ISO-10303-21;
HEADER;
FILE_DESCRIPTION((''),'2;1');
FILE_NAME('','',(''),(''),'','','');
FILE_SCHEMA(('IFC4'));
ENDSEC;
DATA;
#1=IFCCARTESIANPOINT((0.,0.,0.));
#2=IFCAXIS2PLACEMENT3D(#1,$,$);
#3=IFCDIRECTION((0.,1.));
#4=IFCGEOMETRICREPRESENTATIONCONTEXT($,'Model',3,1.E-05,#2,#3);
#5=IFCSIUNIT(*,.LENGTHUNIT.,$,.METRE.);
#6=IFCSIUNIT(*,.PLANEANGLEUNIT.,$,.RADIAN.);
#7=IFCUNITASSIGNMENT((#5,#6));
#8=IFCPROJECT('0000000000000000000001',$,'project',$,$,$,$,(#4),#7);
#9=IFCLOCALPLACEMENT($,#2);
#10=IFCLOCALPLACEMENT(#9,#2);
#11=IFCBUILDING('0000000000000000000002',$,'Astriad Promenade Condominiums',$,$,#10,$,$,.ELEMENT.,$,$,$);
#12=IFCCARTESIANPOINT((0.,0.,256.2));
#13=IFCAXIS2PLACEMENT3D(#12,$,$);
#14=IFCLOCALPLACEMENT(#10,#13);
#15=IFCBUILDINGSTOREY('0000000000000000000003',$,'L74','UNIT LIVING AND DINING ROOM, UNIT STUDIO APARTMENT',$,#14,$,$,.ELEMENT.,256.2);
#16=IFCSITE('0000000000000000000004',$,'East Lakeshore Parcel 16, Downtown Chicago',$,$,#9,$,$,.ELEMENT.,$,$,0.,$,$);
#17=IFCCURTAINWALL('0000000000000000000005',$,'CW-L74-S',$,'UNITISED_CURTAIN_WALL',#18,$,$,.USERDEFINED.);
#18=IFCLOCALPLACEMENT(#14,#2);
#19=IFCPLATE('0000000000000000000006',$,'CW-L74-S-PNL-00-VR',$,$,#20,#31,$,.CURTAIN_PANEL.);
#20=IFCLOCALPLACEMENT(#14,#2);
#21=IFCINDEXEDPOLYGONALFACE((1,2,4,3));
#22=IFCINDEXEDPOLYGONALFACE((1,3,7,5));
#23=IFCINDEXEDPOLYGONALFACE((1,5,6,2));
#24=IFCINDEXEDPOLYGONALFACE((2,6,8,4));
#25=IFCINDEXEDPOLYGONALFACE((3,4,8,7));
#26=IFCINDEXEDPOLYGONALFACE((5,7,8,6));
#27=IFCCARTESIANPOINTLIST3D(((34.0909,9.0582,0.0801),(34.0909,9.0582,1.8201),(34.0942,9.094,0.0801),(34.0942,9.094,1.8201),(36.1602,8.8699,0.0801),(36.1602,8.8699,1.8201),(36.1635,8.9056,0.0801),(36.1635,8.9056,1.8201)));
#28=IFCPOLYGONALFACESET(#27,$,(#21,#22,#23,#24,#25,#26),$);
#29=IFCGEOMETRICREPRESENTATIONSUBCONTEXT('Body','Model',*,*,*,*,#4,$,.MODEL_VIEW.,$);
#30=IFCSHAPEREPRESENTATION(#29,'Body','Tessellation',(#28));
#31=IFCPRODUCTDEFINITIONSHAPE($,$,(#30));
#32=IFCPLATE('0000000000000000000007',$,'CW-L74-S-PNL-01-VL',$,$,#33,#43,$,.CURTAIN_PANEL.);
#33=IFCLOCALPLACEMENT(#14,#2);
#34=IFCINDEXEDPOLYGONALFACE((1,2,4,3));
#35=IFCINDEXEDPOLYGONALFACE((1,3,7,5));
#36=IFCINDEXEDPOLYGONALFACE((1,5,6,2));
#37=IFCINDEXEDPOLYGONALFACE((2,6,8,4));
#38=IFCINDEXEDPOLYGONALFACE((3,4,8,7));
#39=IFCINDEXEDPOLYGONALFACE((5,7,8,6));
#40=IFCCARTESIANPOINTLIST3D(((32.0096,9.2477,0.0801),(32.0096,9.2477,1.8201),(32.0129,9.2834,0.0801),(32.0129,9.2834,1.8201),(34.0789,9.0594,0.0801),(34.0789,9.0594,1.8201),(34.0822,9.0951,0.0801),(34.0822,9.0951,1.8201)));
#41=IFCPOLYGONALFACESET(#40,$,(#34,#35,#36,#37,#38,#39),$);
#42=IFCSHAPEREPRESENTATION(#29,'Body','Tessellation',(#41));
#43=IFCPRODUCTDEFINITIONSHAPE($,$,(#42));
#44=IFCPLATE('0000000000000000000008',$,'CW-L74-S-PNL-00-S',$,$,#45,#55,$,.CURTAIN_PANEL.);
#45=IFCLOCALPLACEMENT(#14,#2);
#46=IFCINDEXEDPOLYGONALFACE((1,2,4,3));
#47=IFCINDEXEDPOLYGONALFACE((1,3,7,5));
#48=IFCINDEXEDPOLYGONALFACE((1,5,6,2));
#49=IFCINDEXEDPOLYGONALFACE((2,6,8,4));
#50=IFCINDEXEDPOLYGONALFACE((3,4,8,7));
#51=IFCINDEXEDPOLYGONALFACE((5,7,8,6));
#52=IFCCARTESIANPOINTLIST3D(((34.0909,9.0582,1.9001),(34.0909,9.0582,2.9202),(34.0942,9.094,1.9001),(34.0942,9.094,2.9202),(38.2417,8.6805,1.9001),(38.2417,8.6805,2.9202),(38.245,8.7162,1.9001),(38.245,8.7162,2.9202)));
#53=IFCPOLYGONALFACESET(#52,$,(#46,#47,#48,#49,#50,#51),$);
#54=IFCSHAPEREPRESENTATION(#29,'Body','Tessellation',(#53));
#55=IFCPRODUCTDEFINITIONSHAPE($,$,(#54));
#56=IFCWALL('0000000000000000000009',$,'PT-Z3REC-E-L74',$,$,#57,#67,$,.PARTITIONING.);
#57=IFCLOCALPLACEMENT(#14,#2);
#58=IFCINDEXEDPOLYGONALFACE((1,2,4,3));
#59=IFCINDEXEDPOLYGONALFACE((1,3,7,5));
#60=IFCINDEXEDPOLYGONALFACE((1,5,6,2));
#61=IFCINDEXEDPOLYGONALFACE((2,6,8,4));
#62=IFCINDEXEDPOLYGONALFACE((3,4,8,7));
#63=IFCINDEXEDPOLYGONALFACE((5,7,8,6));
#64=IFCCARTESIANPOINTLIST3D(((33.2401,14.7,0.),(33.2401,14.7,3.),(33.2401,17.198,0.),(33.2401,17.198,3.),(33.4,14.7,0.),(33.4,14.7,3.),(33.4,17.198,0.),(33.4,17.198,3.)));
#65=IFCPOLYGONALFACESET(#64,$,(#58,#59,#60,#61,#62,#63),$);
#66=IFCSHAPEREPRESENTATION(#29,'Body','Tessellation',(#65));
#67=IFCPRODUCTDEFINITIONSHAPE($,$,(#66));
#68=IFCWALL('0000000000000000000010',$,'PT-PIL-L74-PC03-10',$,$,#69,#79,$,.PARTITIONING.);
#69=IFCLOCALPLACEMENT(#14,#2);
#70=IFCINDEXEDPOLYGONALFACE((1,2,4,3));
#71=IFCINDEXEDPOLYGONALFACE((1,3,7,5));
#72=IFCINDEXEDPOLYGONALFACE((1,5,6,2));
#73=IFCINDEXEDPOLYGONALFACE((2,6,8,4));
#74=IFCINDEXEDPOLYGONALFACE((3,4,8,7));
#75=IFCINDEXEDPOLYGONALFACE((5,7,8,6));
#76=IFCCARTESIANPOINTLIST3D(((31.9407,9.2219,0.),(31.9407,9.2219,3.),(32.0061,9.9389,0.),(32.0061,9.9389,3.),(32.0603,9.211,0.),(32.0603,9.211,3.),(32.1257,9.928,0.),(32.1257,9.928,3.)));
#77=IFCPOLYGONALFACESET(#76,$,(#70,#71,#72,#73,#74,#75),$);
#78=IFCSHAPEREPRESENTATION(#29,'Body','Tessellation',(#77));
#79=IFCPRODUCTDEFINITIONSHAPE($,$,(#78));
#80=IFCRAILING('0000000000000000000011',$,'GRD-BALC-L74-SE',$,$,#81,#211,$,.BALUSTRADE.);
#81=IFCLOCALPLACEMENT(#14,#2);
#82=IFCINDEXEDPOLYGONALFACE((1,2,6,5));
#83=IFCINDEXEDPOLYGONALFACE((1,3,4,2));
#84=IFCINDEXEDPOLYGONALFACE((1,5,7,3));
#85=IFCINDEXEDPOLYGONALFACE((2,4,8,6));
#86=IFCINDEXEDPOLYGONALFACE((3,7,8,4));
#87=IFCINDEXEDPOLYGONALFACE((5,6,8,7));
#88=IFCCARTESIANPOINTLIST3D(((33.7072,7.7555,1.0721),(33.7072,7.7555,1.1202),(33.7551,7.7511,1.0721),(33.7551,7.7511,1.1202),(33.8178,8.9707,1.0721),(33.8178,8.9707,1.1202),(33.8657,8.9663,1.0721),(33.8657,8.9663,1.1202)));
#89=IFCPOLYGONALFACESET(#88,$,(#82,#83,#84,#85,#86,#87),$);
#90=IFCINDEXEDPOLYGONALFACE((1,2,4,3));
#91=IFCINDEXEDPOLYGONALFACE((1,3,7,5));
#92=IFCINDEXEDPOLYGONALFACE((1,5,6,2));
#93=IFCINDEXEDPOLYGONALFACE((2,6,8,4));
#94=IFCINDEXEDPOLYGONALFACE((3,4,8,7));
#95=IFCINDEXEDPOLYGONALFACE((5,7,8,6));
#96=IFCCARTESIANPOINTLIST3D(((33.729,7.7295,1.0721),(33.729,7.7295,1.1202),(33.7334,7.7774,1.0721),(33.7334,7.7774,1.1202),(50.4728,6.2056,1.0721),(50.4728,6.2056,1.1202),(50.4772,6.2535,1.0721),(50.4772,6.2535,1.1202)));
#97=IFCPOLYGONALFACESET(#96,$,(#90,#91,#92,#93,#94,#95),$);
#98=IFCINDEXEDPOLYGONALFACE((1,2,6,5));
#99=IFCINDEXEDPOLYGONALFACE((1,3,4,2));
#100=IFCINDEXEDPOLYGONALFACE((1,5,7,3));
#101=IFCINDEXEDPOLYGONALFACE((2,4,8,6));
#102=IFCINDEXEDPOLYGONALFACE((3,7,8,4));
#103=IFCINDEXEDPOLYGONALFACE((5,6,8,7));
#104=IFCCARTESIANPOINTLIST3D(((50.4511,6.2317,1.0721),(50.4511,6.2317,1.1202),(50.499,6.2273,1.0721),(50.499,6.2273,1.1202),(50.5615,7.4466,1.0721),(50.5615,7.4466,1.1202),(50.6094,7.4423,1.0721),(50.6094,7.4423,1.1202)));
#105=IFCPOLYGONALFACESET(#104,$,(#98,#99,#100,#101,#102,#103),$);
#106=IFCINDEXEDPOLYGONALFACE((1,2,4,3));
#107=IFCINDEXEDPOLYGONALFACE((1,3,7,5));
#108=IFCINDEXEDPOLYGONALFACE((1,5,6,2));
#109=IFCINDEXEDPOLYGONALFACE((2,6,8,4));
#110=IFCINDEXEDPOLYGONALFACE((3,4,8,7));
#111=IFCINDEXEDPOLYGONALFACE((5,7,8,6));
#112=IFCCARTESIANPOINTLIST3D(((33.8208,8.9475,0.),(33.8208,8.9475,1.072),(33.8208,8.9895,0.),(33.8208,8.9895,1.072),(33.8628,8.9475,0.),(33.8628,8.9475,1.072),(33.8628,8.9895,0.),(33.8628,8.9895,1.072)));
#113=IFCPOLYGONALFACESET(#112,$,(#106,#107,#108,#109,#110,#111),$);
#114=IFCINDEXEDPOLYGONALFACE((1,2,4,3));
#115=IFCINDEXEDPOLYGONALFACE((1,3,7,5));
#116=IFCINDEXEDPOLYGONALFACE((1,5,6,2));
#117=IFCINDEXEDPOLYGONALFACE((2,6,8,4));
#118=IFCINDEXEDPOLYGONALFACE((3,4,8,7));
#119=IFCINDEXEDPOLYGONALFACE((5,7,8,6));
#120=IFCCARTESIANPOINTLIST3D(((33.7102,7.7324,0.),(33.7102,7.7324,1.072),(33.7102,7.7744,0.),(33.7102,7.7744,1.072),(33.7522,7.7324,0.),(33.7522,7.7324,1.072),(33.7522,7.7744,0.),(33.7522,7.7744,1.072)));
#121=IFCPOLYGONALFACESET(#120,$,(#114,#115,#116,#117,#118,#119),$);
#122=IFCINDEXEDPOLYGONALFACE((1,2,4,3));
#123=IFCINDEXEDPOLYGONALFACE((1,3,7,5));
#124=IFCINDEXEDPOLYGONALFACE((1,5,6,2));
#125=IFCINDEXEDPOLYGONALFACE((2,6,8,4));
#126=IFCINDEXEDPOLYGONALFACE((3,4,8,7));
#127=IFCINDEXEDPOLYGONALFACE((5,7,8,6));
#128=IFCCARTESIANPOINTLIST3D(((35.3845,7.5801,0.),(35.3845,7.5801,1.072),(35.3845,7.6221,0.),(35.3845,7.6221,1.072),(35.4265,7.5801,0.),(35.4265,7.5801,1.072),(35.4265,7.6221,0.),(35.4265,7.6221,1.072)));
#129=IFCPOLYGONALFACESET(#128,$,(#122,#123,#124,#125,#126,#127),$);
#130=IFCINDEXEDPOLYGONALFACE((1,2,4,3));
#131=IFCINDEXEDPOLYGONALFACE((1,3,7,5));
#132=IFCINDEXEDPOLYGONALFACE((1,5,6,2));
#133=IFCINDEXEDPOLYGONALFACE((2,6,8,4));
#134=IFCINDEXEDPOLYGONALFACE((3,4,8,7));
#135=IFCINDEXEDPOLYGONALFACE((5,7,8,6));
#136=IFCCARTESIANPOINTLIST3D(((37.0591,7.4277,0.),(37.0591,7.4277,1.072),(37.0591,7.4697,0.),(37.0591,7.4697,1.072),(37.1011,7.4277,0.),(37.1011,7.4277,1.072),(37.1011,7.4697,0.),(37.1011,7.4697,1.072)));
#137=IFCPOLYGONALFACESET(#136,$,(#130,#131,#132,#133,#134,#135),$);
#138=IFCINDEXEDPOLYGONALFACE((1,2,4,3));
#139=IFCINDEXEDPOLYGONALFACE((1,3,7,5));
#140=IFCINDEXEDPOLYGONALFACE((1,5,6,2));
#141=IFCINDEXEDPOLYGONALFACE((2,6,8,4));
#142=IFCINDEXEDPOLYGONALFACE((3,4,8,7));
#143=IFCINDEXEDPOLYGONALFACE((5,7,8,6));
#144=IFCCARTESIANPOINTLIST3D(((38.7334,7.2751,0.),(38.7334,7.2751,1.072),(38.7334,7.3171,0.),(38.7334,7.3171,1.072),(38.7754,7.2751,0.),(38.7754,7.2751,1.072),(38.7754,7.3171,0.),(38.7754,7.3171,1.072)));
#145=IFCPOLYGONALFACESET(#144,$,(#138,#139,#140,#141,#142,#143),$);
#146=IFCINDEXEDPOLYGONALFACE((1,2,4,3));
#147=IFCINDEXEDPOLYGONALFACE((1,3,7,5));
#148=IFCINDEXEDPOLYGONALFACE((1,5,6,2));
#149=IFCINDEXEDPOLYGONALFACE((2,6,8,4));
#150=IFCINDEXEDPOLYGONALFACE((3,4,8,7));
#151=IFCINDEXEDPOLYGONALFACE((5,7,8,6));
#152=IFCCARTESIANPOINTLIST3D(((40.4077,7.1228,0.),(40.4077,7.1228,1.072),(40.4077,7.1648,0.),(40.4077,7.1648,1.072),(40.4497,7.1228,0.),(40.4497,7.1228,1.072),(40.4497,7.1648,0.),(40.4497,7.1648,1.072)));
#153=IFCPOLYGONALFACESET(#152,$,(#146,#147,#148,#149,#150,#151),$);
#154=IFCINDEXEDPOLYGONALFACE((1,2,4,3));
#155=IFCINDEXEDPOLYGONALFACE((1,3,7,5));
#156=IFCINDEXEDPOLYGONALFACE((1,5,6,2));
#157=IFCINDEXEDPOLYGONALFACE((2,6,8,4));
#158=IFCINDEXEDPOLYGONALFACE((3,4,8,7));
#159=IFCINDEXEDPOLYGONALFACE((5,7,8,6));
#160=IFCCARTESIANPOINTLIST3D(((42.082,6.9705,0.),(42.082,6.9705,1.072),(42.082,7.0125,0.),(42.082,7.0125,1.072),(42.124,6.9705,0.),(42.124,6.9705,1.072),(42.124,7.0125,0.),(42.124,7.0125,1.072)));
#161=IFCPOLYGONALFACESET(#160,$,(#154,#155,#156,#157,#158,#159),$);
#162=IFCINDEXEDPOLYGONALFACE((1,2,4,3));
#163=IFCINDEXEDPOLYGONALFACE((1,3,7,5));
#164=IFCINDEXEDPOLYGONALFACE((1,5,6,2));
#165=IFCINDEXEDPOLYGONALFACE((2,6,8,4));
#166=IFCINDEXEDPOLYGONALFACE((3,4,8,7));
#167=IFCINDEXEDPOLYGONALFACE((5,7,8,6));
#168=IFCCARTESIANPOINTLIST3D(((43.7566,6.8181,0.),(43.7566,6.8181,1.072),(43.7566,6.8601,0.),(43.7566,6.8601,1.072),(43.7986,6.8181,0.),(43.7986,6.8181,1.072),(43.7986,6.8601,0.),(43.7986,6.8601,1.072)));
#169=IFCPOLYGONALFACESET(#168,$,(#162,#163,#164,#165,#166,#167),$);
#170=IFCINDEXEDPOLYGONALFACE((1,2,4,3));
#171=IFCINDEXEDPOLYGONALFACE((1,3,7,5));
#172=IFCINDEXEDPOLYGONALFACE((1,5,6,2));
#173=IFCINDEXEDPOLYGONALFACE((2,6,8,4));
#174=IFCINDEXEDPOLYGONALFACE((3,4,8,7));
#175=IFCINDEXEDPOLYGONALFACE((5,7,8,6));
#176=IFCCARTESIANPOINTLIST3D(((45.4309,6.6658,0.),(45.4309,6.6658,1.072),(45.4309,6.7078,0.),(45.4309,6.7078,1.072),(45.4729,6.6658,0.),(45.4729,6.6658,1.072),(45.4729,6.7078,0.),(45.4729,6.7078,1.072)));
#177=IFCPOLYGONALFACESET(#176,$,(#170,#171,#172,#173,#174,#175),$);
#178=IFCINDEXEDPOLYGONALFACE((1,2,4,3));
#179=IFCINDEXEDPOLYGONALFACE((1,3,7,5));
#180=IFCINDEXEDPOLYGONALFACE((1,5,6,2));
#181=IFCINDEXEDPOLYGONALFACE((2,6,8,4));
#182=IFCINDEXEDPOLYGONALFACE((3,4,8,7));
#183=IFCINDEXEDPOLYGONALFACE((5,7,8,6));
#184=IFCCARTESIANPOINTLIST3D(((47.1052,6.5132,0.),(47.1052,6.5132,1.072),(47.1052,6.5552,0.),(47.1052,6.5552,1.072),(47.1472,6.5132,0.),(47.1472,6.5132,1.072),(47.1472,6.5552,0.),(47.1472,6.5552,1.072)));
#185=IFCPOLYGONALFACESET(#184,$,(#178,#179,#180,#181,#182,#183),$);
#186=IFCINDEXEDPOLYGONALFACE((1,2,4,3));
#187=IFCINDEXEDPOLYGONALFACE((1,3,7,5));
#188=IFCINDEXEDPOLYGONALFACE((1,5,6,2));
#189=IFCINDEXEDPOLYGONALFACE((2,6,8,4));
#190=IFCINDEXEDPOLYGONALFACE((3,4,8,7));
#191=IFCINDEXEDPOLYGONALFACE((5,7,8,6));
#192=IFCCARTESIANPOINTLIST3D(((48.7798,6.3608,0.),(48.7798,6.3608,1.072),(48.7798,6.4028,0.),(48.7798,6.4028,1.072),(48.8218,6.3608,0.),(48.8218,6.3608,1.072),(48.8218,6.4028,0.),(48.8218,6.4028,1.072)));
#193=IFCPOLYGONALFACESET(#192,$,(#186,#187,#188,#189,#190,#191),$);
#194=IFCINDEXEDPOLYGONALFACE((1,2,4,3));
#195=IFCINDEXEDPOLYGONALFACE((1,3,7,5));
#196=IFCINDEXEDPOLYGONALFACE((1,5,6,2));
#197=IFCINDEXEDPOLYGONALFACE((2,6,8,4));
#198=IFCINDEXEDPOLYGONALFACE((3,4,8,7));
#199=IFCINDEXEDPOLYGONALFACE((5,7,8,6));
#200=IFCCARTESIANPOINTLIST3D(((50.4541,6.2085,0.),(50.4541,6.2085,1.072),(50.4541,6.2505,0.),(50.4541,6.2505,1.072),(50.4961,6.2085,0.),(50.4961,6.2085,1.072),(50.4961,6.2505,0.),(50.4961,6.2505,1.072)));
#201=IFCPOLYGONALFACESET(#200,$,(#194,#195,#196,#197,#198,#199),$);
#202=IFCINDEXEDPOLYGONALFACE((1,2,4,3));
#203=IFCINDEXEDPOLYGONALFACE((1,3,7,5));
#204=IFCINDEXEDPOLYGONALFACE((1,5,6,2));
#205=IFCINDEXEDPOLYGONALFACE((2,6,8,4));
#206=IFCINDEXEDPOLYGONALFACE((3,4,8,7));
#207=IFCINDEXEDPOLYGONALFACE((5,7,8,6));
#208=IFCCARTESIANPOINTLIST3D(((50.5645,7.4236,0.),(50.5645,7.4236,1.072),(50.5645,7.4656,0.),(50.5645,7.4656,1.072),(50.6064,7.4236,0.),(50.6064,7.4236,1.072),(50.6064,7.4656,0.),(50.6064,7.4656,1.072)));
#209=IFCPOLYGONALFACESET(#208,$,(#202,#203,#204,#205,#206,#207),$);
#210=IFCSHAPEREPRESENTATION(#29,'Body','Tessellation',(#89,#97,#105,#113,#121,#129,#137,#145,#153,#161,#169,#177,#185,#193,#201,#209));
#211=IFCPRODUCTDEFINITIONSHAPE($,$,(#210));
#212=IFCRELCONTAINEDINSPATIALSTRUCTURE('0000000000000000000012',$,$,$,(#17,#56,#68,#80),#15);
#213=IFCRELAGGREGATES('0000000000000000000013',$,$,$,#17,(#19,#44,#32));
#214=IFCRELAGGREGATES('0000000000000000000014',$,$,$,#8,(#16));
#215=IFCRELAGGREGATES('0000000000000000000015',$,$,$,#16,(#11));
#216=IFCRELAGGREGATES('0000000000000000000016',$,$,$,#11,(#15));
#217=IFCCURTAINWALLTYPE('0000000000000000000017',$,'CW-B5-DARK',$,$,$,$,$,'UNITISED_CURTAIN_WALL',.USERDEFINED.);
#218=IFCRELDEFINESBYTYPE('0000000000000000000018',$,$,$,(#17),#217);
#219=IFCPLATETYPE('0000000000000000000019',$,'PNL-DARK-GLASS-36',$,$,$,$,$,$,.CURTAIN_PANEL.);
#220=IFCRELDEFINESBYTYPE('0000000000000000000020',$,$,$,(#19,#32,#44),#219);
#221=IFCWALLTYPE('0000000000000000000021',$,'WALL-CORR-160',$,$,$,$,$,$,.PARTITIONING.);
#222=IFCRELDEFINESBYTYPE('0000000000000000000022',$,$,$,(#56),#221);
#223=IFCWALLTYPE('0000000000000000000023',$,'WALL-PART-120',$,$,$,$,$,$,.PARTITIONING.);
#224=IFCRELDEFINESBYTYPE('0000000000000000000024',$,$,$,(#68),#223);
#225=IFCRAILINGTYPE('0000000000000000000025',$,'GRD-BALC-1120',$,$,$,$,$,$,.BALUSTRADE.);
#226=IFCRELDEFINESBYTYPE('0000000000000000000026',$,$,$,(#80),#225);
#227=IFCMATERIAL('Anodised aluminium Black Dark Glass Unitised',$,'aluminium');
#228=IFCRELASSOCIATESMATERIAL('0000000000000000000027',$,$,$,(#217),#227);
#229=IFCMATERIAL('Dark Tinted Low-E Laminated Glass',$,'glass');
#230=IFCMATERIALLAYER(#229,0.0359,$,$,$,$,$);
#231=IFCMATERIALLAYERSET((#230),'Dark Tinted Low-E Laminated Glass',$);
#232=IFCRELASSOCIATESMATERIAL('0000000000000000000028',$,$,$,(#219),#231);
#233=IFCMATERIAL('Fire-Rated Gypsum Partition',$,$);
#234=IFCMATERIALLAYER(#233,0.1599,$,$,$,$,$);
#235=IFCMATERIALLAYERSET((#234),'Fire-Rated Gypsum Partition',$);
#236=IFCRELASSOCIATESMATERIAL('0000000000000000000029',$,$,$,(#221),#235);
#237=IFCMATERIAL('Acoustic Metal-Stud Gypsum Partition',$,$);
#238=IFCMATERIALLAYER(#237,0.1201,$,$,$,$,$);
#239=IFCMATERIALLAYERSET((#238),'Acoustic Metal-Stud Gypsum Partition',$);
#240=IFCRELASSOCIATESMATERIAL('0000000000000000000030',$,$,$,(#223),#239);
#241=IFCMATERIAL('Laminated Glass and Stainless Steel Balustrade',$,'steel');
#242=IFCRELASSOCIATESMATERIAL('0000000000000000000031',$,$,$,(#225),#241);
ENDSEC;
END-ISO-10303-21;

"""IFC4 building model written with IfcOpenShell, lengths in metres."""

from ifc_helpers import new_model, si_unit, direction, frame, frame_2d, origin, origin_2d, place, context, subcontext, project, spatial, rectangle, extrude, source, transform, mapped, material, layer, layer_set, type_object, type_shapes, element, aggregate, save


model = new_model("IFC4")

# Units and contexts
model_context = context("Model", 3, precision=1e-05, world=origin(), true_north=direction((0.0, 1.0)))
body_context = subcontext(model_context, "Body", "Model", "MODEL_VIEW")
ifc_project = project(units=[si_unit("LENGTHUNIT", "METRE"), si_unit("PLANEANGLEUNIT", "RADIAN")], contexts=[model_context])

# Site, building, storey
site_placement = place(None, origin())
site = spatial("IfcSite", under=ifc_project, at=site_placement, Name="East Lakeshore Parcel 16, Downtown Chicago", CompositionType="ELEMENT", RefElevation=0.0)
building_placement = place(site_placement, origin())
building = spatial("IfcBuilding", under=site, at=building_placement, Name="Astriad Promenade Condominiums", CompositionType="ELEMENT")
storey_placement = place(building_placement, frame((0.0, 0.0, 256.2)))
storey = spatial("IfcBuildingStorey", under=building, at=storey_placement, Name="L74", Description="UNIT LIVING AND DINING ROOM, UNIT STUDIO APARTMENT", CompositionType="ELEMENT", Elevation=256.2)

# Curtain wall, plates
ifc_material_1 = material(Name="Anodised aluminium Black Dark Glass Unitised", Category="aluminium")
curtain_wall_type = type_object("IfcCurtainWallType", Name="CW-B5-DARK", ElementType="UNITISED_CURTAIN_WALL", PredefinedType="USERDEFINED", material=ifc_material_1)
curtain_wall_placement = place(storey_placement, origin())
curtain_wall = element("IfcCurtainWall", 1, at=curtain_wall_placement, inside=storey, type_object=curtain_wall_type, Name="CW-L74-S", ObjectType="UNITISED_CURTAIN_WALL", PredefinedType="USERDEFINED")
ifc_material_2 = material(Name="Dark Tinted Low-E Laminated Glass", Category="glass")
ifc_layer_1 = layer(ifc_material_2, 0.0359)
ifc_layer_set_1 = layer_set([ifc_layer_1], Name="Dark Tinted Low-E Laminated Glass")
plate_type = type_object("IfcPlateType", Name="PNL-DARK-GLASS-36", PredefinedType="CURTAIN_PANEL", material=ifc_layer_set_1)
shared_shape_1 = source(origin(), body_context, "Body", "SweptSolid", [
    extrude(rectangle(XDim=2.0779, YDim=0.0359, at=origin_2d()), origin(), (0.0, 0.0, 1.0), 1.74),
])
plate_1_placement = place(storey_placement, frame((35.1272, 8.9819, 0.0801), z_axis=(0.0, 0.0, 1.0), x_axis=(-0.995884, 0.090633, 0.0)))
plate_1 = element("IfcPlate", 2, at=plate_1_placement, type_object=plate_type, Name="CW-L74-S-PNL-00-VR", PredefinedType="CURTAIN_PANEL", context=body_context, shape_type="MappedRepresentation", body=[
    mapped(shared_shape_1, transform((0.0, 0.0, 0.0), scale=1.0)),
])
plate_2_placement = place(storey_placement, frame((33.0459, 9.1714, 0.0801), z_axis=(0.0, 0.0, 1.0), x_axis=(-0.995884, 0.090633, 0.0)))
plate_2 = element("IfcPlate", 3, at=plate_2_placement, type_object=plate_type, Name="CW-L74-S-PNL-01-VL", PredefinedType="CURTAIN_PANEL", context=body_context, shape_type="MappedRepresentation", body=[
    mapped(shared_shape_1, transform((0.0, 0.0, 0.0), scale=1.0)),
])
shared_shape_2 = source(origin(), body_context, "Body", "SweptSolid", [
    extrude(rectangle(XDim=4.168, YDim=0.0359, at=origin_2d()), origin(), (0.0, 0.0, 1.0), 1.02),
])
type_shapes(plate_type, [shared_shape_1, shared_shape_2])
plate_3_placement = place(storey_placement, frame((36.168, 8.8872, 1.9001), z_axis=(0.0, 0.0, 1.0), x_axis=(-0.995884, 0.090633, 0.0)))
plate_3 = element("IfcPlate", 4, at=plate_3_placement, type_object=plate_type, Name="CW-L74-S-PNL-00-S", PredefinedType="CURTAIN_PANEL", context=body_context, shape_type="MappedRepresentation", body=[
    mapped(shared_shape_2, transform((0.0, 0.0, 0.0), scale=1.0)),
])
aggregate(curtain_wall, [plate_1, plate_3, plate_2])

# Walls
ifc_material_3 = material(Name="Fire-Rated Gypsum Partition")
ifc_layer_2 = layer(ifc_material_3, 0.1599)
ifc_layer_set_2 = layer_set([ifc_layer_2], Name="Fire-Rated Gypsum Partition")
wall_type_1 = type_object("IfcWallType", Name="WALL-CORR-160", PredefinedType="PARTITIONING", material=ifc_layer_set_2)
wall_1_placement = place(storey_placement, frame((33.3201, 14.7, 0.0), z_axis=(0.0, 0.0, 1.0), x_axis=(0.0, 1.0, 0.0)))
element("IfcWall", 5, at=wall_1_placement, inside=storey, type_object=wall_type_1, Name="PT-Z3REC-E-L74", PredefinedType="PARTITIONING", context=body_context, shape_type="SweptSolid", body=[
    extrude(rectangle(XDim=2.498, YDim=0.1599, at=frame_2d((1.249, 0.0))), origin(), (0.0, 0.0, 1.0), 3.0),
])
ifc_material_4 = material(Name="Acoustic Metal-Stud Gypsum Partition")
ifc_layer_3 = layer(ifc_material_4, 0.1201)
ifc_layer_set_3 = layer_set([ifc_layer_3], Name="Acoustic Metal-Stud Gypsum Partition")
wall_type_2 = type_object("IfcWallType", Name="WALL-PART-120", PredefinedType="PARTITIONING", material=ifc_layer_set_3)
wall_2_placement = place(storey_placement, frame((32.0659, 9.9333, 0.0), z_axis=(0.0, 0.0, 1.0), x_axis=(-0.090872, -0.995863, 0.0)))
element("IfcWall", 6, at=wall_2_placement, inside=storey, type_object=wall_type_2, Name="PT-PIL-L74-PC03-10", PredefinedType="PARTITIONING", context=body_context, shape_type="SweptSolid", body=[
    extrude(rectangle(XDim=0.72, YDim=0.1201, at=frame_2d((0.3599, 0.0))), origin(), (0.0, 0.0, 1.0), 3.0),
])

# Railing
ifc_material_5 = material(Name="Laminated Glass and Stainless Steel Balustrade", Category="steel")
railing_type = type_object("IfcRailingType", Name="GRD-BALC-1120", PredefinedType="BALUSTRADE", material=ifc_material_5)
shared_shape_3 = source(origin(), body_context, "Body", "SweptSolid", [
    extrude(rectangle(XDim=0.0481, YDim=0.0481, at=origin_2d()), frame((0.0, 0.0, 1.0962), z_axis=(-0.090644, -0.995883, 0.0), x_axis=(0.995883, -0.090644, 0.0)), (0.0, 0.0, 1.0), 1.2202),
    extrude(rectangle(XDim=0.0481, YDim=0.0481, at=origin_2d()), frame((-0.1106, -1.2151, 1.0962), z_axis=(0.995884, -0.090639, 0.0), x_axis=(0.090639, 0.995884, 0.0)), (0.0, 0.0, 1.0), 16.813),
    extrude(rectangle(XDim=0.0481, YDim=0.0481, at=origin_2d()), frame((16.6333, -2.739, 1.0962), z_axis=(0.090446, 0.995901, 0.0), x_axis=(-0.995901, 0.090446, 0.0)), (0.0, 0.0, 1.0), 1.22),
    extrude(rectangle(XDim=0.042, YDim=0.042, at=origin_2d()), origin(), (0.0, 0.0, 1.0), 1.072),
    extrude(rectangle(XDim=0.042, YDim=0.042, at=origin_2d()), frame((-0.1106, -1.2151, 0.0)), (0.0, 0.0, 1.0), 1.072),
    extrude(rectangle(XDim=0.042, YDim=0.042, at=origin_2d()), frame((1.5637, -1.3674, 0.0)), (0.0, 0.0, 1.0), 1.072),
    extrude(rectangle(XDim=0.042, YDim=0.042, at=origin_2d()), frame((3.2383, -1.5198, 0.0)), (0.0, 0.0, 1.0), 1.072),
    extrude(rectangle(XDim=0.042, YDim=0.042, at=origin_2d()), frame((4.9126, -1.6724, 0.0)), (0.0, 0.0, 1.0), 1.072),
    extrude(rectangle(XDim=0.042, YDim=0.042, at=origin_2d()), frame((6.5869, -1.8247, 0.0)), (0.0, 0.0, 1.0), 1.072),
    extrude(rectangle(XDim=0.042, YDim=0.042, at=origin_2d()), frame((8.2612, -1.9771, 0.0)), (0.0, 0.0, 1.0), 1.072),
    extrude(rectangle(XDim=0.042, YDim=0.042, at=origin_2d()), frame((9.9358, -2.1294, 0.0)), (0.0, 0.0, 1.0), 1.072),
    extrude(rectangle(XDim=0.042, YDim=0.042, at=origin_2d()), frame((11.6101, -2.2817, 0.0)), (0.0, 0.0, 1.0), 1.072),
    extrude(rectangle(XDim=0.042, YDim=0.042, at=origin_2d()), frame((13.2844, -2.4343, 0.0)), (0.0, 0.0, 1.0), 1.072),
    extrude(rectangle(XDim=0.042, YDim=0.042, at=origin_2d()), frame((14.959, -2.5867, 0.0)), (0.0, 0.0, 1.0), 1.072),
    extrude(rectangle(XDim=0.042, YDim=0.042, at=origin_2d()), frame((16.6333, -2.739, 0.0)), (0.0, 0.0, 1.0), 1.072),
    extrude(rectangle(XDim=0.042, YDim=0.042, at=origin_2d()), frame((16.7437, -1.5239, 0.0)), (0.0, 0.0, 1.0), 1.072),
])
type_shapes(railing_type, [shared_shape_3])
railing_placement = place(storey_placement, frame((33.8418, 8.9685, 0.0)))
element("IfcRailing", 7, at=railing_placement, inside=storey, type_object=railing_type, Name="GRD-BALC-L74-SE", PredefinedType="BALUSTRADE", context=body_context, shape_type="MappedRepresentation", body=[
    mapped(shared_shape_3, transform((0.0, 0.0, 0.0), scale=1.0)),
])

save(model, "model.ifc")
